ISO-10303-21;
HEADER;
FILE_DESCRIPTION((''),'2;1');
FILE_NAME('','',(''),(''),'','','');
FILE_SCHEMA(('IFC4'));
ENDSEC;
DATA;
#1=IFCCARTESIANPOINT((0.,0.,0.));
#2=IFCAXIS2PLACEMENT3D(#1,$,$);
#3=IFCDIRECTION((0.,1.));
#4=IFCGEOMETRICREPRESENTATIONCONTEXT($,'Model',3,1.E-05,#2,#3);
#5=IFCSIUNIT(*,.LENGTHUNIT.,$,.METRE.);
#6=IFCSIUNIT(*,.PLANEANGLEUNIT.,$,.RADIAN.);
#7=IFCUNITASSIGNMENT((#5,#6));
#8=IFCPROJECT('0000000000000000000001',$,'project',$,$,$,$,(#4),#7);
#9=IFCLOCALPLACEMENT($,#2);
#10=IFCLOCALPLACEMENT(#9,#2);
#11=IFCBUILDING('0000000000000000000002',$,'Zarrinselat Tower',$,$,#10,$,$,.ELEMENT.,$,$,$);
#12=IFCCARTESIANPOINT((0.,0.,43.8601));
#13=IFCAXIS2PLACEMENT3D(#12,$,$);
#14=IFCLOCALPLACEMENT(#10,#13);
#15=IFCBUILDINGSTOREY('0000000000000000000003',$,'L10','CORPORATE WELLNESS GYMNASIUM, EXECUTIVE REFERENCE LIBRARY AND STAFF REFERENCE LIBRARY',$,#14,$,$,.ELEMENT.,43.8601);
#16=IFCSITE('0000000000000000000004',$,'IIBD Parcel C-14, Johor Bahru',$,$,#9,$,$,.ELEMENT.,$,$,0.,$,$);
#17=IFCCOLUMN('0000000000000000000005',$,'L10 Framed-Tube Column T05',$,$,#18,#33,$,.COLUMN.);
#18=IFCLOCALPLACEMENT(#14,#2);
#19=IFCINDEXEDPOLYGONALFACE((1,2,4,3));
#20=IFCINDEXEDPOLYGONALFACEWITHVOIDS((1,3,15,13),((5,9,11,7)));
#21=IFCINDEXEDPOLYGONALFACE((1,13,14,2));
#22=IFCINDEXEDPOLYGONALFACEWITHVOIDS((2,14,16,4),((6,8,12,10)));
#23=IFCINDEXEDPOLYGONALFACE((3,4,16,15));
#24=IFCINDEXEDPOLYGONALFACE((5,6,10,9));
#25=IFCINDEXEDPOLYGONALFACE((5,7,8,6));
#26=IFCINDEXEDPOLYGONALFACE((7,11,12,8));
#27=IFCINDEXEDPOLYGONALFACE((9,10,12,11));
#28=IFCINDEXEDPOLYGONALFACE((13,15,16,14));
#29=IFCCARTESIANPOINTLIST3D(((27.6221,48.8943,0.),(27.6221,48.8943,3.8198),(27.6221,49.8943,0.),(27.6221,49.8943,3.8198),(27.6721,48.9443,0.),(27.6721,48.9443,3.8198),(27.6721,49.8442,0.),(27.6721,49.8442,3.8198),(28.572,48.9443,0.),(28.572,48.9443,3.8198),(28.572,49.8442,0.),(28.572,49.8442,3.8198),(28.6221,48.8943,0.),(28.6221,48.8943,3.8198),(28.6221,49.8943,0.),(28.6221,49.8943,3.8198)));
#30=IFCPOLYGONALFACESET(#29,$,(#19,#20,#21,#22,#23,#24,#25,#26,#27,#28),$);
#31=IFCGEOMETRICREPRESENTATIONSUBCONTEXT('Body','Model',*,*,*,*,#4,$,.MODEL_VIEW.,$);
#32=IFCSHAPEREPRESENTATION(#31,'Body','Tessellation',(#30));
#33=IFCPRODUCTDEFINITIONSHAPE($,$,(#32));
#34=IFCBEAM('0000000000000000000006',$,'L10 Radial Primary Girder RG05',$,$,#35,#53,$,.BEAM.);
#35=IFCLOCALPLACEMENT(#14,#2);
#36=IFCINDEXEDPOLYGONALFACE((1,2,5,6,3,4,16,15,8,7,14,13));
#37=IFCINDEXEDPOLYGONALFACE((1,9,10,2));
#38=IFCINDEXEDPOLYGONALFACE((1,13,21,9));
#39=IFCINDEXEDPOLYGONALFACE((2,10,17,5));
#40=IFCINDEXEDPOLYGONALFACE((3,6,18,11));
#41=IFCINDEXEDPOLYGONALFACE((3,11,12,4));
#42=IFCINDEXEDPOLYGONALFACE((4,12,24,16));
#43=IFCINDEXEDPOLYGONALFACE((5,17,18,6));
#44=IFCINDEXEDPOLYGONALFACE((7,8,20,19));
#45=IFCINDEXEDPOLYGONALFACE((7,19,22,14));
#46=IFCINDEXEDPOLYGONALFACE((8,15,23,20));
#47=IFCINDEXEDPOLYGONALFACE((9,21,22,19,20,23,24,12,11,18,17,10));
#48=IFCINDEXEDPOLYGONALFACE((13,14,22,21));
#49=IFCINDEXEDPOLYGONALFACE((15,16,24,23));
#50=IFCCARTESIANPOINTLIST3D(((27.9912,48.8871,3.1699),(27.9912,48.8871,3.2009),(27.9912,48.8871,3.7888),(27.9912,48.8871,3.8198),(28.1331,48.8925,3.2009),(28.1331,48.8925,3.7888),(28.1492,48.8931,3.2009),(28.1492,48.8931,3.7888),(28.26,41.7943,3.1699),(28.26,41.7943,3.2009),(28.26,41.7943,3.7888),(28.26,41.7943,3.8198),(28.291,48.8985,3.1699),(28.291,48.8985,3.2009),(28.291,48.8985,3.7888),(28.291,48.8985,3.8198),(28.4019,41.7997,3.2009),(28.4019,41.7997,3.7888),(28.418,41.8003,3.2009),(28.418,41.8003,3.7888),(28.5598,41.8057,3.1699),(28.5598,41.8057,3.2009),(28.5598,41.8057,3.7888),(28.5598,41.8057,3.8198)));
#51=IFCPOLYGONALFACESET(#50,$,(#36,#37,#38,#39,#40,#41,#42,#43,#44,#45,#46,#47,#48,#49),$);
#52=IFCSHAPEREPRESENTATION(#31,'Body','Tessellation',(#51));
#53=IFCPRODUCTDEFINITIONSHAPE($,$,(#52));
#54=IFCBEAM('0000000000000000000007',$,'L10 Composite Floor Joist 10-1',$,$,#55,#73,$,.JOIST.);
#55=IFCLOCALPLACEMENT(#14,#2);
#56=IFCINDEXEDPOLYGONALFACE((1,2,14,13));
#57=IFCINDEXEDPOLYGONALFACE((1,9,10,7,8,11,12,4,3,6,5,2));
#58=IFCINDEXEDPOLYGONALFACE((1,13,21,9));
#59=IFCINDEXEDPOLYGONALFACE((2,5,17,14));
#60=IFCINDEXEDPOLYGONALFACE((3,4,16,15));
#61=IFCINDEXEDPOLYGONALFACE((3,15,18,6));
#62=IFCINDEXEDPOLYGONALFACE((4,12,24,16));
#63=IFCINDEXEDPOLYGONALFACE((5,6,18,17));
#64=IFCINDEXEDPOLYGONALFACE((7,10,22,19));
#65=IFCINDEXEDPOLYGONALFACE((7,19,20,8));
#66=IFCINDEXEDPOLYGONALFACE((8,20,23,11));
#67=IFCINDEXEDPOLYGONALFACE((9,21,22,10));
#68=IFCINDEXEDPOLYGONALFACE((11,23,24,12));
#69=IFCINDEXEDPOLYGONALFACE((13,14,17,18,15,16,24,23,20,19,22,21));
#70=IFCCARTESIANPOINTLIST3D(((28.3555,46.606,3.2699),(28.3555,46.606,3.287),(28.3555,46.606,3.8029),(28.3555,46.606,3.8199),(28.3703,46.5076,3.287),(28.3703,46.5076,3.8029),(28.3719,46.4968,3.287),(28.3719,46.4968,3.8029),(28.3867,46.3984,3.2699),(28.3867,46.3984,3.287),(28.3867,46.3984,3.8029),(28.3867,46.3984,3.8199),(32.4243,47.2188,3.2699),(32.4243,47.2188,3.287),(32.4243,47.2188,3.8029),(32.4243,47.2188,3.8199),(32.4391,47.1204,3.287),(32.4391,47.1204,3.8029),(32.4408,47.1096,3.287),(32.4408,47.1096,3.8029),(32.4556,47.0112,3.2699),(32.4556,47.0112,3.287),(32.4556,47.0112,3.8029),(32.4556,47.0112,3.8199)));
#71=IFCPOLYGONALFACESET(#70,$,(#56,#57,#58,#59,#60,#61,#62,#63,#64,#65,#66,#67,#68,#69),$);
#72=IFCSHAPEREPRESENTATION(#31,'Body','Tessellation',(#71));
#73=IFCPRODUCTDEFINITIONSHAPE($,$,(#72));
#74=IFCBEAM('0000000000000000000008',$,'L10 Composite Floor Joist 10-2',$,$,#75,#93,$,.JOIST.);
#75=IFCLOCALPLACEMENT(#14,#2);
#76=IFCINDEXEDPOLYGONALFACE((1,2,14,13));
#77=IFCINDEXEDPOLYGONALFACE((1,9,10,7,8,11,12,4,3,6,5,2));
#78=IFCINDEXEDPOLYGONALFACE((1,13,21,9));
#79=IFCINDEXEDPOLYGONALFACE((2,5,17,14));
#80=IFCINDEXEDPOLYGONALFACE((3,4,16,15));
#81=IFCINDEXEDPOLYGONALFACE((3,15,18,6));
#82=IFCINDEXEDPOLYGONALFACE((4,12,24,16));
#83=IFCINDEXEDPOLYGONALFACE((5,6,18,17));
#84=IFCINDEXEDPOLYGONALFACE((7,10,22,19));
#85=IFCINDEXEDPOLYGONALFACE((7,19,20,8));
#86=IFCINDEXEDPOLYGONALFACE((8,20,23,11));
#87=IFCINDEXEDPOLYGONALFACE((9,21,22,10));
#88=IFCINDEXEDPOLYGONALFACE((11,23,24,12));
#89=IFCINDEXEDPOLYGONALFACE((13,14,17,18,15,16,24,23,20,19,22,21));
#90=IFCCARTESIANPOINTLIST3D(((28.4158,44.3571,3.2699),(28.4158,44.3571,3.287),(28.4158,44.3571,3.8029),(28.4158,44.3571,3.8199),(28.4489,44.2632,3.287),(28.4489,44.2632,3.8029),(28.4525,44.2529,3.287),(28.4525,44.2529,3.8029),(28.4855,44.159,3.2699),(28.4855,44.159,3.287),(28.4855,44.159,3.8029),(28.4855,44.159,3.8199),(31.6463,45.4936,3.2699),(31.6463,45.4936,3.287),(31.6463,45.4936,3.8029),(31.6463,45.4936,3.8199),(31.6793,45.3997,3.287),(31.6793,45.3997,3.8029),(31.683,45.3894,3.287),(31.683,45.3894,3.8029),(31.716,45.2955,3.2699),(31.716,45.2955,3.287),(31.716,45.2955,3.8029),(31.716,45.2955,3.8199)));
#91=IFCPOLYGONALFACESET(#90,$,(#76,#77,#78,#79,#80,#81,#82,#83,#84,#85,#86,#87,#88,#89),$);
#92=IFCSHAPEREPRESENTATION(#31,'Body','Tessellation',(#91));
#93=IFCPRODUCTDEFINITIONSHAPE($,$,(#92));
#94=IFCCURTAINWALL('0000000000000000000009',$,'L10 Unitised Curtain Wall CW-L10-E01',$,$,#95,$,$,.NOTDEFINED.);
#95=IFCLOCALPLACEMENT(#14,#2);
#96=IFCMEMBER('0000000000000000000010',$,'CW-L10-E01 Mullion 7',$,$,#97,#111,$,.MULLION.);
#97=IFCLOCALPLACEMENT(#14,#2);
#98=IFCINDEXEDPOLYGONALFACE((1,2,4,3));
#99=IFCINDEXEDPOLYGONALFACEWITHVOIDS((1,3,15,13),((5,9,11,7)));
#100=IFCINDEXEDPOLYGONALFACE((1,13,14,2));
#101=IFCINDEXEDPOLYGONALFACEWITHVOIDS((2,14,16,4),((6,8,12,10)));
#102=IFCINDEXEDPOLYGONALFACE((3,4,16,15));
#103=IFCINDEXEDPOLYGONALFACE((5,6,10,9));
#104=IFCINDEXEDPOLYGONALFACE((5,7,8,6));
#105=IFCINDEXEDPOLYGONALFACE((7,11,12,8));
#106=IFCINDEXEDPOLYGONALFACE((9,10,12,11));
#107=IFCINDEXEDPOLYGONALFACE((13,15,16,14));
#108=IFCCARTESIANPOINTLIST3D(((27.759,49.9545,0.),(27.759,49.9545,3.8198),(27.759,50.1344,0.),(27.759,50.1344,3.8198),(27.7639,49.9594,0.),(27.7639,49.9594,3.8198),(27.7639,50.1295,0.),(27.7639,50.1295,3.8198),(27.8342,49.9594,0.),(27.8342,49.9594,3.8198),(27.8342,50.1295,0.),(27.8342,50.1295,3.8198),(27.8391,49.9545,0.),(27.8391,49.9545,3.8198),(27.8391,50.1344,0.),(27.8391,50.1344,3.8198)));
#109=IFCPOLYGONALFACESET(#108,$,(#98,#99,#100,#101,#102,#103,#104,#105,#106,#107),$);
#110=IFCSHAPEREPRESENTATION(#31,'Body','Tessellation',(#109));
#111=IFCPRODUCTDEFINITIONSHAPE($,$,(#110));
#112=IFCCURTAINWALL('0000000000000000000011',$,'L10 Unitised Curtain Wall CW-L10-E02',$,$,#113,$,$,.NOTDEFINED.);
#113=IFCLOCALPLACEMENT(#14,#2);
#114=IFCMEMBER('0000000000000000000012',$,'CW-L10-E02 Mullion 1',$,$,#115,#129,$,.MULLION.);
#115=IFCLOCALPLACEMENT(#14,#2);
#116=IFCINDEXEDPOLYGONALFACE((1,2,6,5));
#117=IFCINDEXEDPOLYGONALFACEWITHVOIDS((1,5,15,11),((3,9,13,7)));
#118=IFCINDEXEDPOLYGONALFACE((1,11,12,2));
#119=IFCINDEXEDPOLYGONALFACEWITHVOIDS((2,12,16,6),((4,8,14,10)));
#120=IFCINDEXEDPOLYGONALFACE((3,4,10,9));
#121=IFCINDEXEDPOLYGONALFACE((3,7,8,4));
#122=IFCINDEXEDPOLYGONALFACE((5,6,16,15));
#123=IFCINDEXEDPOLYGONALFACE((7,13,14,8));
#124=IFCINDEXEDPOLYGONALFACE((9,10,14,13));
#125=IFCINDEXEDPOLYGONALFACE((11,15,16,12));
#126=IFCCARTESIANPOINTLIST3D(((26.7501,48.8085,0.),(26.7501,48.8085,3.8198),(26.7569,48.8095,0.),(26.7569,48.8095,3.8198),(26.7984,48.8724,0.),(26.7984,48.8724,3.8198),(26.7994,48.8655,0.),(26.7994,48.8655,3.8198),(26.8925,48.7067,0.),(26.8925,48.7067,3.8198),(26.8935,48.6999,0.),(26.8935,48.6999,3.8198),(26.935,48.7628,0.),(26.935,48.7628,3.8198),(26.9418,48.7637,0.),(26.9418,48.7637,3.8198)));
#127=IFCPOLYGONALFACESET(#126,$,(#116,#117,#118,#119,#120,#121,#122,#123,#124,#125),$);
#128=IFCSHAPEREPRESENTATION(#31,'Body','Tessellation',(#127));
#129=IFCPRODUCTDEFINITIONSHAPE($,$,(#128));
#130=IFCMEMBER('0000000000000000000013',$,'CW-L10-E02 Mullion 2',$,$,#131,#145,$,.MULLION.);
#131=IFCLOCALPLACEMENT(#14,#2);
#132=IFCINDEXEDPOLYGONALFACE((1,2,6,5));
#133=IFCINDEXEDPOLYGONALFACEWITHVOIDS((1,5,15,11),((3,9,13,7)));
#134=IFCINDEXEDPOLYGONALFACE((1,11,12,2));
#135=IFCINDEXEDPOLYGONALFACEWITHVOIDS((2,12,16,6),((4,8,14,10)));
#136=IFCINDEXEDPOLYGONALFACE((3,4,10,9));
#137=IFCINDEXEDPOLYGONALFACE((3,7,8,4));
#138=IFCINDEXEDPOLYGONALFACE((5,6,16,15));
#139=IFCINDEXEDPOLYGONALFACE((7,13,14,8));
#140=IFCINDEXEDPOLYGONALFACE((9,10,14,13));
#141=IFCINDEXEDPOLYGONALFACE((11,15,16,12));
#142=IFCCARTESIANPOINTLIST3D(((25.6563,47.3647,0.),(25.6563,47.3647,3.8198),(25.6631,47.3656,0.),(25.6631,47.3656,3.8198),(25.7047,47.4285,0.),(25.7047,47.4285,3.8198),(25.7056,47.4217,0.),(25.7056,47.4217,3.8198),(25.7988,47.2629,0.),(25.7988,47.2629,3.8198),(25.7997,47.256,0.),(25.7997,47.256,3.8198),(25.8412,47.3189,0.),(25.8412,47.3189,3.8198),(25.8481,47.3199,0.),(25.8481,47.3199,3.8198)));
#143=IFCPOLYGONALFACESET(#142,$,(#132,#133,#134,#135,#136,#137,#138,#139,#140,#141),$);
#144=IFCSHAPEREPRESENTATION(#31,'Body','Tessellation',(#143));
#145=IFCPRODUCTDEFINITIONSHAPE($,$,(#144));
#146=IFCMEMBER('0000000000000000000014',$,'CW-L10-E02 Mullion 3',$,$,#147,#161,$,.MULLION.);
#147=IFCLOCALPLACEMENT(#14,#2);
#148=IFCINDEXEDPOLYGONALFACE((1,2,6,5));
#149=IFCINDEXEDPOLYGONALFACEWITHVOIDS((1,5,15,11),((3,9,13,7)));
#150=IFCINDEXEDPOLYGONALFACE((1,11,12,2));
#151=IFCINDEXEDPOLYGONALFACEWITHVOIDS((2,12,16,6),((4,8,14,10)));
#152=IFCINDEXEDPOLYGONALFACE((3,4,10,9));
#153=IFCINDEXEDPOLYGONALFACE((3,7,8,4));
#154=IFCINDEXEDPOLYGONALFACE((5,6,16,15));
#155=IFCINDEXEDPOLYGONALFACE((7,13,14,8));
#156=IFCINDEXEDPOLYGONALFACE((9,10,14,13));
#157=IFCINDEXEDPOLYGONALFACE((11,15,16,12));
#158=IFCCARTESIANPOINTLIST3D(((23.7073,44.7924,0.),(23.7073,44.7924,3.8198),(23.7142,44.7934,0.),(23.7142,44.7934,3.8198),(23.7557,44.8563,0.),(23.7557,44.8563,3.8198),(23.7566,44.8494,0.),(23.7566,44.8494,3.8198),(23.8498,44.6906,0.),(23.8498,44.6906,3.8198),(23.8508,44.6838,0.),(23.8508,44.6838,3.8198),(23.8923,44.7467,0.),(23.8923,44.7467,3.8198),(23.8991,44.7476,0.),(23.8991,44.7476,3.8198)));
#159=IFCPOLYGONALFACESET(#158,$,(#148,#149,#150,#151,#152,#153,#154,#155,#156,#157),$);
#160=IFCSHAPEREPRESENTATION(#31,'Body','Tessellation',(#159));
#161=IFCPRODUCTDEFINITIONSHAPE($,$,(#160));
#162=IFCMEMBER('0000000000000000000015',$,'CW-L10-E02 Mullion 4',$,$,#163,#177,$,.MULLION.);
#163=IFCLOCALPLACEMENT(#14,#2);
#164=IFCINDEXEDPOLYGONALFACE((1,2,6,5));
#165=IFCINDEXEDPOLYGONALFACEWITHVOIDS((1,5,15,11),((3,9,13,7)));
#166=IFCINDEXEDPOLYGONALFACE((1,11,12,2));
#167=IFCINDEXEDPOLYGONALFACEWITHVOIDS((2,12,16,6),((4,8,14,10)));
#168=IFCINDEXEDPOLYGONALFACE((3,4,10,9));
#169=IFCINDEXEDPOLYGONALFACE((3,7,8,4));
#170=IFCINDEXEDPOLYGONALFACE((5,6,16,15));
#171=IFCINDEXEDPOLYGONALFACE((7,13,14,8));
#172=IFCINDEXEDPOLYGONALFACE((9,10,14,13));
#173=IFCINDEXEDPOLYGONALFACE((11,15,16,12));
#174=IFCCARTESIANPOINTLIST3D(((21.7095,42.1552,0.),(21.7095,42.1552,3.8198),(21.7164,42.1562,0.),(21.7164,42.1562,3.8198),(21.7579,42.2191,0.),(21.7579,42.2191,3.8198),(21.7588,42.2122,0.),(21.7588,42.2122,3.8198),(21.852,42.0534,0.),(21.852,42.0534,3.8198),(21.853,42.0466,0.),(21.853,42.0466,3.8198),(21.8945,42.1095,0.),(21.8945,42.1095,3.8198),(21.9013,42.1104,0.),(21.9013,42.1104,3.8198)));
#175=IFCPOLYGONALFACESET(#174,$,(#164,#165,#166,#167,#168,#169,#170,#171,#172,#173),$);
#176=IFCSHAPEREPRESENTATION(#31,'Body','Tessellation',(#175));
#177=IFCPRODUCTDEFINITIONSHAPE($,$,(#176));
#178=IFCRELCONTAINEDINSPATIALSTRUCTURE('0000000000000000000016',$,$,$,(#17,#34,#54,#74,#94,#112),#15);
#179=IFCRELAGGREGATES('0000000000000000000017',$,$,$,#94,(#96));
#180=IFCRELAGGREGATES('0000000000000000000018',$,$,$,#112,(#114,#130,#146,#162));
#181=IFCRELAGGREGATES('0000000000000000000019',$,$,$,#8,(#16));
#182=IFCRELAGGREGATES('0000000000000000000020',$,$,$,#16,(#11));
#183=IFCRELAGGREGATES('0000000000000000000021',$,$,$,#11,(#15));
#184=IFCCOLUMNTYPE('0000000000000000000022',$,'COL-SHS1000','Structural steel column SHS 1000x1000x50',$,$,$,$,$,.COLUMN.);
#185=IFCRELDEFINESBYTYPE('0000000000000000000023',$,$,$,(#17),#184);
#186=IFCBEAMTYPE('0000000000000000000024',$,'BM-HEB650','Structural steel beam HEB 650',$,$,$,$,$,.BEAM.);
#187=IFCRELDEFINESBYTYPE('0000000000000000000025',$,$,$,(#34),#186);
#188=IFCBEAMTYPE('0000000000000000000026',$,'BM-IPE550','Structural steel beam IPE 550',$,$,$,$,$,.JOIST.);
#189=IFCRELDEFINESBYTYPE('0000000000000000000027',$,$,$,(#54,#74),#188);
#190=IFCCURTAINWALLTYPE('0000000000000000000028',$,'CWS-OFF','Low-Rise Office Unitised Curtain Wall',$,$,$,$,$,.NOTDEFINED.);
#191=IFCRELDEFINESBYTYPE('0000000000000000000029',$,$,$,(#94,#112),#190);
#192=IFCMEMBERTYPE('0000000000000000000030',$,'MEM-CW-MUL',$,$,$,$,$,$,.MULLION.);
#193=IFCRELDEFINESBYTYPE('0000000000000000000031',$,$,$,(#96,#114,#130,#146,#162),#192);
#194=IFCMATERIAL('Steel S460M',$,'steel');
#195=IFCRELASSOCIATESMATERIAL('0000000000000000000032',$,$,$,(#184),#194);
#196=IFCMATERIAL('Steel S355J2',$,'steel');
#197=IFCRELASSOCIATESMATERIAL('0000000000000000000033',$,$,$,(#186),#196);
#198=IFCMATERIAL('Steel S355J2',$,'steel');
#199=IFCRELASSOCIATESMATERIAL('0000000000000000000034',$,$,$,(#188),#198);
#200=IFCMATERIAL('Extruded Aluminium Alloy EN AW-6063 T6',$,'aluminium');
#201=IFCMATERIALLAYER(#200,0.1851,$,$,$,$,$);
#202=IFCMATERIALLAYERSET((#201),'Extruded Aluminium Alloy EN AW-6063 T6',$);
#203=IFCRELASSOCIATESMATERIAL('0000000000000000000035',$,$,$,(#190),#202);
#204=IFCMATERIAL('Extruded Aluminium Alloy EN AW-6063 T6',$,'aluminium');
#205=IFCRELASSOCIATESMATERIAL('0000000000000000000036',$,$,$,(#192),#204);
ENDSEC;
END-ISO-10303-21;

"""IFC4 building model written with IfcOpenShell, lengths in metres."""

from ifc_helpers import new_model, si_unit, direction, frame, origin, origin_2d, place, context, subcontext, project, spatial, hollow_rectangle, i_section, extrude, material, layer, layer_set, material_profile, profile_set, type_object, element, aggregate, save


model = new_model("IFC4")

# Units and contexts
model_context = context("Model", 3, precision=1e-05, world=origin(), true_north=direction((0.0, 1.0)))
body_context = subcontext(model_context, "Body", "Model", "MODEL_VIEW")
ifc_project = project(units=[si_unit("LENGTHUNIT", "METRE"), si_unit("PLANEANGLEUNIT", "RADIAN")], contexts=[model_context])

# Site, building, storey
site_placement = place(None, origin())
site = spatial("IfcSite", under=ifc_project, at=site_placement, Name="IIBD Parcel C-14, Johor Bahru", CompositionType="ELEMENT", RefElevation=0.0)
building_placement = place(site_placement, origin())
building = spatial("IfcBuilding", under=site, at=building_placement, Name="Zarrinselat Tower", CompositionType="ELEMENT")
storey_placement = place(building_placement, frame((0.0, 0.0, 43.8601)))
storey = spatial("IfcBuildingStorey", under=building, at=storey_placement, Name="L10", Description="CORPORATE WELLNESS GYMNASIUM, EXECUTIVE REFERENCE LIBRARY AND STAFF REFERENCE LIBRARY", CompositionType="ELEMENT", Elevation=43.8601)

# Column
ifc_material_1 = material(Name="Steel S460M", Category="steel")
ifc_material_profile_1 = material_profile(ifc_material_1, hollow_rectangle(XDim=1.0, YDim=1.0, WallThickness=0.05, at=origin_2d()), Name="SHS 1000x1000x50")
ifc_profile_set_1 = profile_set([ifc_material_profile_1], Name="Steel S460M")
column_type = type_object("IfcColumnType", Name="COL-SHS1000", Description="Structural steel column SHS 1000x1000x50", PredefinedType="COLUMN", material=ifc_profile_set_1)
column_placement = place(storey_placement, frame((28.1221, 49.3943, 0.0), z_axis=(0.0, 0.0, 1.0), x_axis=(1.0, 0.0, 0.0)))
element("IfcColumn", 1, at=column_placement, inside=storey, type_object=column_type, Name="L10 Framed-Tube Column T05", PredefinedType="COLUMN", context=body_context, shape_type="SweptSolid", body=[
    extrude(hollow_rectangle(XDim=1.0, YDim=1.0, WallThickness=0.05, at=origin_2d()), origin(), (0.0, 0.0, 1.0), 3.8198),
])

# Beams
ifc_material_2 = material(Name="Steel S355J2", Category="steel")
ifc_material_profile_2 = material_profile(ifc_material_2, i_section(OverallWidth=0.3, OverallDepth=0.6499, WebThickness=0.0161, FlangeThickness=0.031, at=origin_2d()), Name="HEB 650")
ifc_profile_set_2 = profile_set([ifc_material_profile_2], Name="Steel S355J2")
beam_type_1 = type_object("IfcBeamType", Name="BM-HEB650", Description="Structural steel beam HEB 650", PredefinedType="BEAM", material=ifc_profile_set_2)
beam_1_placement = place(storey_placement, frame((28.1411, 48.8928, 3.4949), z_axis=(0.03787, -0.999283, 0.0), x_axis=(0.999283, 0.03787, 0.0)))
element("IfcBeam", 2, at=beam_1_placement, inside=storey, type_object=beam_type_1, Name="L10 Radial Primary Girder RG05", PredefinedType="BEAM", context=body_context, shape_type="SweptSolid", body=[
    extrude(i_section(OverallWidth=0.3, OverallDepth=0.6499, WebThickness=0.0161, FlangeThickness=0.031, at=origin_2d()), origin(), (0.0, 0.0, 1.0), 7.0979),
])
ifc_material_3 = material(Name="Steel S355J2", Category="steel")
ifc_material_profile_3 = material_profile(ifc_material_3, i_section(OverallWidth=0.21, OverallDepth=0.55, WebThickness=0.011, FlangeThickness=0.0171, at=origin_2d()), Name="IPE 550")
ifc_profile_set_3 = profile_set([ifc_material_profile_3], Name="Steel S355J2")
beam_type_2 = type_object("IfcBeamType", Name="BM-IPE550", Description="Structural steel beam IPE 550", PredefinedType="JOIST", material=ifc_profile_set_3)
beam_2_placement = place(storey_placement, frame((28.3711, 46.5022, 3.5449), z_axis=(0.988848, 0.148927, 0.0), x_axis=(-0.148927, 0.988848, 0.0)))
element("IfcBeam", 3, at=beam_2_placement, inside=storey, type_object=beam_type_2, Name="L10 Composite Floor Joist 10-1", PredefinedType="JOIST", context=body_context, shape_type="SweptSolid", body=[
    extrude(i_section(OverallWidth=0.21, OverallDepth=0.55, WebThickness=0.011, FlangeThickness=0.0171, at=origin_2d()), origin(), (0.0, 0.0, 1.0), 4.1147),
])
beam_3_placement = place(storey_placement, frame((28.4507, 44.2581, 3.5449), z_axis=(0.943328, 0.331862, 0.0), x_axis=(-0.331862, 0.943328, 0.0)))
element("IfcBeam", 4, at=beam_3_placement, inside=storey, type_object=beam_type_2, Name="L10 Composite Floor Joist 10-2", PredefinedType="JOIST", context=body_context, shape_type="SweptSolid", body=[
    extrude(i_section(OverallWidth=0.21, OverallDepth=0.55, WebThickness=0.011, FlangeThickness=0.0171, at=origin_2d()), origin(), (0.0, 0.0, 1.0), 3.4246),
])

# Curtain wall, member
ifc_material_4 = material(Name="Extruded Aluminium Alloy EN AW-6063 T6", Category="aluminium")
ifc_layer_1 = layer(ifc_material_4, 0.1851)
ifc_layer_set_1 = layer_set([ifc_layer_1], Name="Extruded Aluminium Alloy EN AW-6063 T6")
curtain_wall_type = type_object("IfcCurtainWallType", Name="CWS-OFF", Description="Low-Rise Office Unitised Curtain Wall", PredefinedType="NOTDEFINED", material=ifc_layer_set_1)
curtain_wall_1_placement = place(storey_placement, origin())
curtain_wall_1 = element("IfcCurtainWall", 5, at=curtain_wall_1_placement, inside=storey, type_object=curtain_wall_type, Name="L10 Unitised Curtain Wall CW-L10-E01", PredefinedType="NOTDEFINED")
ifc_material_5 = material(Name="Extruded Aluminium Alloy EN AW-6063 T6", Category="aluminium")
ifc_material_profile_4 = material_profile(ifc_material_5, hollow_rectangle(XDim=0.0801, YDim=0.1799, WallThickness=0.0049, at=origin_2d()), Name="RHS 180x80x5")
ifc_profile_set_4 = profile_set([ifc_material_profile_4], Name="Extruded Aluminium Alloy EN AW-6063 T6")
member_type_1 = type_object("IfcMemberType", Name="MEM-CW-MUL", PredefinedType="MULLION", material=ifc_profile_set_4)
member_1_placement = place(storey_placement, frame((27.7991, 50.0444, 0.0), z_axis=(0.0, 0.0, 1.0), x_axis=(-1.0, 0.0, 0.0)))
member_1 = element("IfcMember", 6, at=member_1_placement, type_object=member_type_1, Name="CW-L10-E01 Mullion 7", PredefinedType="MULLION", context=body_context, shape_type="SweptSolid", body=[
    extrude(hollow_rectangle(XDim=0.0801, YDim=0.1799, WallThickness=0.0049, at=origin_2d()), origin(), (0.0, 0.0, 1.0), 3.8198),
])
aggregate(curtain_wall_1, [member_1])

# Curtain wall, members
curtain_wall_2_placement = place(storey_placement, origin())
curtain_wall_2 = element("IfcCurtainWall", 7, at=curtain_wall_2_placement, inside=storey, type_object=curtain_wall_type, Name="L10 Unitised Curtain Wall CW-L10-E02", PredefinedType="NOTDEFINED")
member_2_placement = place(storey_placement, frame((26.8459, 48.7861, 0.0), z_axis=(0.0, 0.0, 1.0), x_axis=(-0.603857, -0.797093, 0.0)))
member_2 = element("IfcMember", 8, at=member_2_placement, type_object=member_type_1, Name="CW-L10-E02 Mullion 1", PredefinedType="MULLION", context=body_context, shape_type="SweptSolid", body=[
    extrude(hollow_rectangle(XDim=0.0801, YDim=0.1799, WallThickness=0.0049, at=origin_2d()), origin(), (0.0, 0.0, 1.0), 3.8198),
])
member_3_placement = place(storey_placement, frame((25.7522, 47.3423, 0.0), z_axis=(0.0, 0.0, 1.0), x_axis=(-0.603857, -0.797093, 0.0)))
member_3 = element("IfcMember", 9, at=member_3_placement, type_object=member_type_1, Name="CW-L10-E02 Mullion 2", PredefinedType="MULLION", context=body_context, shape_type="SweptSolid", body=[
    extrude(hollow_rectangle(XDim=0.0801, YDim=0.1799, WallThickness=0.0049, at=origin_2d()), origin(), (0.0, 0.0, 1.0), 3.8198),
])
member_4_placement = place(storey_placement, frame((23.8032, 44.77, 0.0), z_axis=(0.0, 0.0, 1.0), x_axis=(-0.603857, -0.797093, 0.0)))
member_4 = element("IfcMember", 10, at=member_4_placement, type_object=member_type_1, Name="CW-L10-E02 Mullion 3", PredefinedType="MULLION", context=body_context, shape_type="SweptSolid", body=[
    extrude(hollow_rectangle(XDim=0.0801, YDim=0.1799, WallThickness=0.0049, at=origin_2d()), origin(), (0.0, 0.0, 1.0), 3.8198),
])
member_5_placement = place(storey_placement, frame((21.8054, 42.1328, 0.0), z_axis=(0.0, 0.0, 1.0), x_axis=(-0.603857, -0.797093, 0.0)))
member_5 = element("IfcMember", 11, at=member_5_placement, type_object=member_type_1, Name="CW-L10-E02 Mullion 4", PredefinedType="MULLION", context=body_context, shape_type="SweptSolid", body=[
    extrude(hollow_rectangle(XDim=0.0801, YDim=0.1799, WallThickness=0.0049, at=origin_2d()), origin(), (0.0, 0.0, 1.0), 3.8198),
])
aggregate(curtain_wall_2, [member_2, member_3, member_4, member_5])

save(model, "model.ifc")
